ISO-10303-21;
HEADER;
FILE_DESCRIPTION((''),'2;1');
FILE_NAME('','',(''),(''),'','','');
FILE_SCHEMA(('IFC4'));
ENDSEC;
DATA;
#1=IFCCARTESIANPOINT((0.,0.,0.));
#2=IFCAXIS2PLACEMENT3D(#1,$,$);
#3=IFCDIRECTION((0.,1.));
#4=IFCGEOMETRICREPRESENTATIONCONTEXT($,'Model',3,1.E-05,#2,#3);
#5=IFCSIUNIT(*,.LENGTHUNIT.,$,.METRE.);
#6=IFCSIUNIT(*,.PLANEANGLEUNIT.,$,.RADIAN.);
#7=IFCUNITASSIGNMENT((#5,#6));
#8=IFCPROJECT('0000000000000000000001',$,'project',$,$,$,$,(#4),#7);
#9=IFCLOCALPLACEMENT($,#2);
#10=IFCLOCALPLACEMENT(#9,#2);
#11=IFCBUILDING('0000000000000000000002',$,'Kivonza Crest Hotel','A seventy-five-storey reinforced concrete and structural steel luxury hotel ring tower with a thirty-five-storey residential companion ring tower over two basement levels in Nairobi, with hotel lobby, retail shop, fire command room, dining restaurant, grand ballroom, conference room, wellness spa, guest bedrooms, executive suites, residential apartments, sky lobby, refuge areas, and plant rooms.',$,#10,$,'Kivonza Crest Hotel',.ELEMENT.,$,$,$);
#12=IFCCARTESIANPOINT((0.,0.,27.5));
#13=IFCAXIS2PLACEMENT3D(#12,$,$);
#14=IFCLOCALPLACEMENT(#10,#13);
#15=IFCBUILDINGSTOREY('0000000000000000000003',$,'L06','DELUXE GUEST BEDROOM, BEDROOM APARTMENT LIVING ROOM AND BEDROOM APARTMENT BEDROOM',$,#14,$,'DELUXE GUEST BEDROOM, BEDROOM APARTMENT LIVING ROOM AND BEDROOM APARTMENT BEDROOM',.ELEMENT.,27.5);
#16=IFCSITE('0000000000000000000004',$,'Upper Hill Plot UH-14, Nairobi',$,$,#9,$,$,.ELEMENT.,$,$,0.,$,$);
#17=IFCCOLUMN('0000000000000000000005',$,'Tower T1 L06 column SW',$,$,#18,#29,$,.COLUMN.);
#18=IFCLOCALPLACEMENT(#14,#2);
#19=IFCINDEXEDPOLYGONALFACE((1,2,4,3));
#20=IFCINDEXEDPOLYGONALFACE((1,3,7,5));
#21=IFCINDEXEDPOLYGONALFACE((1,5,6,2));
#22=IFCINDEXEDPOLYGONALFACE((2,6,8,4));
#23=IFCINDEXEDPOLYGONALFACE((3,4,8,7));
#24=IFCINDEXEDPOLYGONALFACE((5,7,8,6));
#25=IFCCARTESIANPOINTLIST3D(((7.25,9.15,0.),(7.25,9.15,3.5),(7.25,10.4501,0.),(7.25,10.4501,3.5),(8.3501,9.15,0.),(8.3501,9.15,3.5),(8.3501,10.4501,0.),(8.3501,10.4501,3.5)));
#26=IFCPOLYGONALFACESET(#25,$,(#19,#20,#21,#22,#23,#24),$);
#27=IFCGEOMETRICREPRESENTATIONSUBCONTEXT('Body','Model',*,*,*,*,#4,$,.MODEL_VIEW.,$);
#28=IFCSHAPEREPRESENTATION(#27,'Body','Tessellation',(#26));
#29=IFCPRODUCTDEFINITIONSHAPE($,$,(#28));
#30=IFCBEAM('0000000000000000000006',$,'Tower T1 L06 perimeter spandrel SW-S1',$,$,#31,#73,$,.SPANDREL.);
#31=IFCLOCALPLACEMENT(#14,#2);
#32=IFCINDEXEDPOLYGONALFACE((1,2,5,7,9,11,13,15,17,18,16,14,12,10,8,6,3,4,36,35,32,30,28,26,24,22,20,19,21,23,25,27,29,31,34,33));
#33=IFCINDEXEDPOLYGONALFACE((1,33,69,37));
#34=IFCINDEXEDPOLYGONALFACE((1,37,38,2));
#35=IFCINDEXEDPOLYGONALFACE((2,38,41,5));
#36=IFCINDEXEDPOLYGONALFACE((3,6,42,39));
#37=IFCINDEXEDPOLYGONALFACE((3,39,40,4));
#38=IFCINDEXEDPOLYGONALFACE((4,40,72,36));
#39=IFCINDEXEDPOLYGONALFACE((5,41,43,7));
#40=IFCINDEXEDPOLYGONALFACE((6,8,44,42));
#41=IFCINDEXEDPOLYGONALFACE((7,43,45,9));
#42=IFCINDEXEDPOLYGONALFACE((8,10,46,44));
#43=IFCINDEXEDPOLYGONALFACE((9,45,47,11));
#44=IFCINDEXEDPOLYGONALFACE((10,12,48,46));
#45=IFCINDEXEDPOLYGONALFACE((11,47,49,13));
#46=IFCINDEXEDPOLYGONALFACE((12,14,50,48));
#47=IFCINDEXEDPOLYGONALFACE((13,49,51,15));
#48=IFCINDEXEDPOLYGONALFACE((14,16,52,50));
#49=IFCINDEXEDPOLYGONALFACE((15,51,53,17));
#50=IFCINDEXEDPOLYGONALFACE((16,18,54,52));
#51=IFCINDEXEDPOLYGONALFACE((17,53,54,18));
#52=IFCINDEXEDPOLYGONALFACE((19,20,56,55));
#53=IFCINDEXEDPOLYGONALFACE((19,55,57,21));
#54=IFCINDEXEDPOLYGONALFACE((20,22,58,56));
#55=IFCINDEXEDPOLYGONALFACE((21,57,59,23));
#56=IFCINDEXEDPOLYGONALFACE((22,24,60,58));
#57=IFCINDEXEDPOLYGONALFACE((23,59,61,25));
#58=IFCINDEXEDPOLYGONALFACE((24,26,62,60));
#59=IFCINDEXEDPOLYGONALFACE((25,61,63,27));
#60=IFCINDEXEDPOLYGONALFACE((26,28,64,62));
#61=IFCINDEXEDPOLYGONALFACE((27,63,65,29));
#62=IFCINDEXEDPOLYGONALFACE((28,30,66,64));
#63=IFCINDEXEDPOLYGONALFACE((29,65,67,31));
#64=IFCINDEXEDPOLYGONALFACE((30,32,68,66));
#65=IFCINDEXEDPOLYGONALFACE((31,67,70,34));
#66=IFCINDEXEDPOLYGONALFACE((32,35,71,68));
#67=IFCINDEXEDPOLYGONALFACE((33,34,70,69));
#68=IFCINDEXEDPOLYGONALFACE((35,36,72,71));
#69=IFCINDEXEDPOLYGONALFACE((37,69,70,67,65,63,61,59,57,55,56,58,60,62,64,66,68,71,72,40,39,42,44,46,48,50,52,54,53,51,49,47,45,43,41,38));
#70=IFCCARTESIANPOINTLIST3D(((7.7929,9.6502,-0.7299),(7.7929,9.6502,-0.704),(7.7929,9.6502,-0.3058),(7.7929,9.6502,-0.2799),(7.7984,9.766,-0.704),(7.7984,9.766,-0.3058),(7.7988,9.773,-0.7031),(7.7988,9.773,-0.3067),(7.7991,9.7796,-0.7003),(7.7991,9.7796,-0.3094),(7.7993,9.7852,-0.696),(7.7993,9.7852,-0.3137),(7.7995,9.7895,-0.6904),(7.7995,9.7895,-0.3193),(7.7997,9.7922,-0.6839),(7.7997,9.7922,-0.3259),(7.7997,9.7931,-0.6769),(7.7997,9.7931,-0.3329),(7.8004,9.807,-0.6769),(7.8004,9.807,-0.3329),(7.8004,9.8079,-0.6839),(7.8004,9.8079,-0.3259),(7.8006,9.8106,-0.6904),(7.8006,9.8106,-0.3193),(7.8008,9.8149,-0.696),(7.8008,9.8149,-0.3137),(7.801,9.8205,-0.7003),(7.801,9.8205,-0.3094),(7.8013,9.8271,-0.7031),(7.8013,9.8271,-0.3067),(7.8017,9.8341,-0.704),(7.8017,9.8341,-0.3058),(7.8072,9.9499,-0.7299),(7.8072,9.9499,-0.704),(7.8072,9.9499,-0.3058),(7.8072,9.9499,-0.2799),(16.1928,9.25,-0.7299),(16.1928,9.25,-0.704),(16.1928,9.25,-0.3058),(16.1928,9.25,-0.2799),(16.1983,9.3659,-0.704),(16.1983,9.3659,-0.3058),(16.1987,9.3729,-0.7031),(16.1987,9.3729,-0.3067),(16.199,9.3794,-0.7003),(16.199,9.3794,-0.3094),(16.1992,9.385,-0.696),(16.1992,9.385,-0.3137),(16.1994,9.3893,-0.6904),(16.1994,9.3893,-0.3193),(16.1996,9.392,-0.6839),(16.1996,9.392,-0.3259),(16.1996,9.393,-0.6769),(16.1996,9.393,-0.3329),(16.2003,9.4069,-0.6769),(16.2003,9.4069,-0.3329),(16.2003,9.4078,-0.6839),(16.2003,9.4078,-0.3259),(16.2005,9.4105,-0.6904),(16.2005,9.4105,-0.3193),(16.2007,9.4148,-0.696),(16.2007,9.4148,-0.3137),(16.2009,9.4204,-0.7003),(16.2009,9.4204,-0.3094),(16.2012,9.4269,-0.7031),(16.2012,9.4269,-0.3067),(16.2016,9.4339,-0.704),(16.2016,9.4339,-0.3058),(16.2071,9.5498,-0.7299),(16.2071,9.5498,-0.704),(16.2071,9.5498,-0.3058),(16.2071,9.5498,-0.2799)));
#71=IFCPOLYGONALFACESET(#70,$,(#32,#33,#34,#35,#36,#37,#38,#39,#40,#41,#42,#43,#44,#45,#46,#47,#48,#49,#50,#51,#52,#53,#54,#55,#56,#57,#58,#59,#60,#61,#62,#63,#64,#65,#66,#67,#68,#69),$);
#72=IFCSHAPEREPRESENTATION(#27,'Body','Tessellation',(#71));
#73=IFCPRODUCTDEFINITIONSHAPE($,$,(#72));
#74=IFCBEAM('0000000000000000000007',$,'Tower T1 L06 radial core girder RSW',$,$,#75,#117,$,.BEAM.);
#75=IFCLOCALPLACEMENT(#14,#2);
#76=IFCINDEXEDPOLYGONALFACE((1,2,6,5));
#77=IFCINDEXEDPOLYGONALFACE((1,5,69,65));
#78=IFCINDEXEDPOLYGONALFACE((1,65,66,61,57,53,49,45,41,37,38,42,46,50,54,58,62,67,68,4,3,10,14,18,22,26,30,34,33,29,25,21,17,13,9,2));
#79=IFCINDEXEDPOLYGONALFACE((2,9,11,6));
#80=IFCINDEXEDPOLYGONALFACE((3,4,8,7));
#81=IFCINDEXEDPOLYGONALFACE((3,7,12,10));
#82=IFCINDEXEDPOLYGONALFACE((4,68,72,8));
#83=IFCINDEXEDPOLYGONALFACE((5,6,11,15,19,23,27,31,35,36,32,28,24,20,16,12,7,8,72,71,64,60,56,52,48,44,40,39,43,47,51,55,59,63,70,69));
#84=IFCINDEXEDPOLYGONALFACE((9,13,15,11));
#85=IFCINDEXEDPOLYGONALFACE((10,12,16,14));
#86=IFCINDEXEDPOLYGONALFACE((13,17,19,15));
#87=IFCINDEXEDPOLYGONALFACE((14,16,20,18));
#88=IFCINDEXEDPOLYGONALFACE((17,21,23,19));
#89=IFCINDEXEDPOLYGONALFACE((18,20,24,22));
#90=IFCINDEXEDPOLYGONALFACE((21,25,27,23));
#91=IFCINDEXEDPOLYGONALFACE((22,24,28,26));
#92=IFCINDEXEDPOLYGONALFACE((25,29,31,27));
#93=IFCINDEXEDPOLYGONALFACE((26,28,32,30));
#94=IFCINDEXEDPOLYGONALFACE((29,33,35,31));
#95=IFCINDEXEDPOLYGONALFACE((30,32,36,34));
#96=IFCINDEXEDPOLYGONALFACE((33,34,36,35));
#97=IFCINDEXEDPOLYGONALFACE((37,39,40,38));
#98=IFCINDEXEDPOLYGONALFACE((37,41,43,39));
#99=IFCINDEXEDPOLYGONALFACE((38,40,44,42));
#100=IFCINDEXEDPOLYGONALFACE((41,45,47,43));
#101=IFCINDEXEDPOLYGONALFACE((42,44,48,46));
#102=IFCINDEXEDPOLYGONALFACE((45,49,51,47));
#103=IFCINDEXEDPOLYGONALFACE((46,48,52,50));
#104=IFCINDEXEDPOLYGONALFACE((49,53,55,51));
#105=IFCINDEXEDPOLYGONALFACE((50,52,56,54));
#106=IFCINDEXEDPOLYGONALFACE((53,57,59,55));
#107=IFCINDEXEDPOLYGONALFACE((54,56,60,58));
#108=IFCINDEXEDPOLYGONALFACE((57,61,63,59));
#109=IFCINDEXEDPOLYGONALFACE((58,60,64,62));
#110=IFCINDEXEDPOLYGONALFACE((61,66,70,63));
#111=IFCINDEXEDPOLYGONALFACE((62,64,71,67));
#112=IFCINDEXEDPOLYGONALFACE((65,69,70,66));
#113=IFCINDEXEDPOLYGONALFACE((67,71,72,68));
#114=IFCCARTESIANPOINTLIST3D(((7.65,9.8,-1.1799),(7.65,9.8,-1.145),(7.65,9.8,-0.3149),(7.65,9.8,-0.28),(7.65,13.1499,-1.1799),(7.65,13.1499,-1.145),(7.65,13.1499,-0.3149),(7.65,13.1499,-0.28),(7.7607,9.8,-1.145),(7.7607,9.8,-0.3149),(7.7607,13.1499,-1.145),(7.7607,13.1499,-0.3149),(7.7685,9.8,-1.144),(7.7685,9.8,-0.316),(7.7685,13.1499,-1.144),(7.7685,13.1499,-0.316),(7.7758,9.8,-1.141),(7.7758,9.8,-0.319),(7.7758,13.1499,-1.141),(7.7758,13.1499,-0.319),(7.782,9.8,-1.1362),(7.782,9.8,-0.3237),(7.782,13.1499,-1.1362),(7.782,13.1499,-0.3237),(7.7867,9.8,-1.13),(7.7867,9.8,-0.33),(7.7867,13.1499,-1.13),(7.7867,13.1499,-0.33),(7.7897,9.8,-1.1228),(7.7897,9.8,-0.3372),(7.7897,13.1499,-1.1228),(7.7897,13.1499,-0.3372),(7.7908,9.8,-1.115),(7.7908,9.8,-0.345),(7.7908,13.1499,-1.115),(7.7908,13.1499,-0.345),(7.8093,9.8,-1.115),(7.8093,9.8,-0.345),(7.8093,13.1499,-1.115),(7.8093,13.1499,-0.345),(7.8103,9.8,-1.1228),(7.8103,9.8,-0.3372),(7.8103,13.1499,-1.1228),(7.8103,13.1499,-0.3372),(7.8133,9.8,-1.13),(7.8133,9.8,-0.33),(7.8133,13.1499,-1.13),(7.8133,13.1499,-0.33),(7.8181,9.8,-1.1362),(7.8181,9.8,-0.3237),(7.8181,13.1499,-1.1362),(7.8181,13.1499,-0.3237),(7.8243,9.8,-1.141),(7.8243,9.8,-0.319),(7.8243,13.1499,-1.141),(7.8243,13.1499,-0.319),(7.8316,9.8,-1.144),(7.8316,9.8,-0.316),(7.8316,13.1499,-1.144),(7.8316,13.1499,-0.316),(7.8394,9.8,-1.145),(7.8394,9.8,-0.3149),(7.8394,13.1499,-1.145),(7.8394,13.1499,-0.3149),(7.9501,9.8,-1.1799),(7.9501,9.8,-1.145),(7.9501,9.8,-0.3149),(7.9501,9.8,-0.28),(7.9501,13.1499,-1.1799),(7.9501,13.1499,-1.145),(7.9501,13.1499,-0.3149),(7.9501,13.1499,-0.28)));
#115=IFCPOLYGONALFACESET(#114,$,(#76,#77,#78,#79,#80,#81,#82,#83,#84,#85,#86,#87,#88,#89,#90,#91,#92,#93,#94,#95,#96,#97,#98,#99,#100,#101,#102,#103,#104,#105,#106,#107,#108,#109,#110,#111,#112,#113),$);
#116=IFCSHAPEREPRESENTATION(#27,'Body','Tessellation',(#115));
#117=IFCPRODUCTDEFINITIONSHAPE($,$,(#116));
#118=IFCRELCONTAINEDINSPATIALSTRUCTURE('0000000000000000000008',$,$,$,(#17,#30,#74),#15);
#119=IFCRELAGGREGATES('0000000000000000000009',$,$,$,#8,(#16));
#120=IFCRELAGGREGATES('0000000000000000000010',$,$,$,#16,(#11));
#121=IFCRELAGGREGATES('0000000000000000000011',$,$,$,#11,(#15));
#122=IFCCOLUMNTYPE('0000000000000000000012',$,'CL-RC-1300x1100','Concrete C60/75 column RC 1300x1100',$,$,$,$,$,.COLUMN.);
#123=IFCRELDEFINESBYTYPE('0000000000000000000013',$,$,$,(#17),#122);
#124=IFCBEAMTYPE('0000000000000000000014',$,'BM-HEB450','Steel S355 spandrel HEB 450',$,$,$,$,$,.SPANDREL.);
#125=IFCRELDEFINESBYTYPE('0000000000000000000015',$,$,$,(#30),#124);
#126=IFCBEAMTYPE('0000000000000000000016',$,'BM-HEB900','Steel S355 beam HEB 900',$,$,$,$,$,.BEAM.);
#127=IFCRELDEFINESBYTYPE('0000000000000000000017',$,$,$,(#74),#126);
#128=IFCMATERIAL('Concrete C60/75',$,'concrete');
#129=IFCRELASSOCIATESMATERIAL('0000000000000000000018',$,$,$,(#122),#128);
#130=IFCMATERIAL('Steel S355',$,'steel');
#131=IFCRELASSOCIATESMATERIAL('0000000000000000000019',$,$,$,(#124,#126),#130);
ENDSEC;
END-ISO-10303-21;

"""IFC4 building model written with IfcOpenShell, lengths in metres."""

from ifc_helpers import new_model, si_unit, direction, frame, origin, origin_2d, place, context, subcontext, project, spatial, rectangle, i_section, extrude, material, material_profile, profile_set, type_object, element, save


model = new_model("IFC4")

# Units and contexts
model_context = context("Model", 3, precision=1e-05, world=origin(), true_north=direction((0.0, 1.0)))
body_context = subcontext(model_context, "Body", "Model", "MODEL_VIEW")
ifc_project = project(units=[si_unit("LENGTHUNIT", "METRE"), si_unit("PLANEANGLEUNIT", "RADIAN")], contexts=[model_context])

# Site, building, storey
site_placement = place(None, origin())
site = spatial("IfcSite", under=ifc_project, at=site_placement, Name="Upper Hill Plot UH-14, Nairobi", CompositionType="ELEMENT", RefElevation=0.0)
building_placement = place(site_placement, origin())
building = spatial("IfcBuilding", under=site, at=building_placement, Name="Kivonza Crest Hotel", Description="A seventy-five-storey reinforced concrete and structural steel luxury hotel ring tower with a thirty-five-storey residential companion ring tower over two basement levels in Nairobi, with hotel lobby, retail shop, fire command room, dining restaurant, grand ballroom, conference room, wellness spa, guest bedrooms, executive suites, residential apartments, sky lobby, refuge areas, and plant rooms.", LongName="Kivonza Crest Hotel", CompositionType="ELEMENT")
storey_placement = place(building_placement, frame((0.0, 0.0, 27.5)))
storey = spatial("IfcBuildingStorey", under=building, at=storey_placement, Name="L06", Description="DELUXE GUEST BEDROOM, BEDROOM APARTMENT LIVING ROOM AND BEDROOM APARTMENT BEDROOM", LongName="DELUXE GUEST BEDROOM, BEDROOM APARTMENT LIVING ROOM AND BEDROOM APARTMENT BEDROOM", CompositionType="ELEMENT", Elevation=27.5)

# Column
ifc_material_1 = material(Name="Concrete C60/75", Category="concrete")
ifc_material_profile_1 = material_profile(ifc_material_1, rectangle(XDim=1.1001, YDim=1.3, at=origin_2d()), Name="RC 1300x1100")
ifc_profile_set_1 = profile_set([ifc_material_profile_1], Name="Concrete C60/75")
column_type = type_object("IfcColumnType", Name="CL-RC-1300x1100", Description="Concrete C60/75 column RC 1300x1100", PredefinedType="COLUMN", material=ifc_profile_set_1)
column_placement = place(storey_placement, frame((7.8, 9.8, 0.0), z_axis=(0.0, 0.0, 1.0), x_axis=(1.0, 0.0, 0.0)))
element("IfcColumn", 1, at=column_placement, inside=storey, type_object=column_type, Name="Tower T1 L06 column SW", PredefinedType="COLUMN", context=body_context, shape_type="SweptSolid", body=[
    extrude(rectangle(XDim=1.1001, YDim=1.3, at=origin_2d()), origin(), (0.0, 0.0, 1.0), 3.5),
])

# Beams
ifc_material_2 = material(Name="Steel S355", Category="steel")
ifc_material_profile_2 = material_profile(ifc_material_2, i_section(OverallWidth=0.3, OverallDepth=0.45, WebThickness=0.0139, FlangeThickness=0.0259, FilletRadius=0.0271, at=origin_2d()), Name="HEB 450")
ifc_profile_set_2 = profile_set([ifc_material_profile_2], Name="Steel S355")
beam_type_1 = type_object("IfcBeamType", Name="BM-HEB450", Description="Steel S355 spandrel HEB 450", PredefinedType="SPANDREL", material=ifc_profile_set_2)
beam_1_placement = place(storey_placement, frame((7.8, 9.8, -0.5049), z_axis=(0.998867, -0.047583, 0.0), x_axis=(0.047583, 0.998867, 0.0)))
element("IfcBeam", 2, at=beam_1_placement, inside=storey, type_object=beam_type_1, Name="Tower T1 L06 perimeter spandrel SW-S1", PredefinedType="SPANDREL", context=body_context, shape_type="SweptSolid", body=[
    extrude(i_section(OverallWidth=0.3, OverallDepth=0.45, WebThickness=0.0139, FlangeThickness=0.0259, FilletRadius=0.0271, at=origin_2d()), origin(), (0.0, 0.0, 1.0), 8.4094),
])
ifc_material_profile_3 = material_profile(ifc_material_2, i_section(OverallWidth=0.3, OverallDepth=0.8999, WebThickness=0.0186, FlangeThickness=0.0349, FilletRadius=0.03, at=origin_2d()), Name="HEB 900")
ifc_profile_set_3 = profile_set([ifc_material_profile_3], Name="Steel S355")
beam_type_2 = type_object("IfcBeamType", Name="BM-HEB900", Description="Steel S355 beam HEB 900", PredefinedType="BEAM", material=ifc_profile_set_3)
beam_2_placement = place(storey_placement, frame((7.8, 9.8, -0.73), z_axis=(0.0, 1.0, 0.0), x_axis=(-1.0, 0.0, 0.0)))
element("IfcBeam", 3, at=beam_2_placement, inside=storey, type_object=beam_type_2, Name="Tower T1 L06 radial core girder RSW", PredefinedType="BEAM", context=body_context, shape_type="SweptSolid", body=[
    extrude(i_section(OverallWidth=0.3, OverallDepth=0.8999, WebThickness=0.0186, FlangeThickness=0.0349, FilletRadius=0.03, at=origin_2d()), origin(), (0.0, 0.0, 1.0), 3.3499),
])

save(model, "model.ifc")
